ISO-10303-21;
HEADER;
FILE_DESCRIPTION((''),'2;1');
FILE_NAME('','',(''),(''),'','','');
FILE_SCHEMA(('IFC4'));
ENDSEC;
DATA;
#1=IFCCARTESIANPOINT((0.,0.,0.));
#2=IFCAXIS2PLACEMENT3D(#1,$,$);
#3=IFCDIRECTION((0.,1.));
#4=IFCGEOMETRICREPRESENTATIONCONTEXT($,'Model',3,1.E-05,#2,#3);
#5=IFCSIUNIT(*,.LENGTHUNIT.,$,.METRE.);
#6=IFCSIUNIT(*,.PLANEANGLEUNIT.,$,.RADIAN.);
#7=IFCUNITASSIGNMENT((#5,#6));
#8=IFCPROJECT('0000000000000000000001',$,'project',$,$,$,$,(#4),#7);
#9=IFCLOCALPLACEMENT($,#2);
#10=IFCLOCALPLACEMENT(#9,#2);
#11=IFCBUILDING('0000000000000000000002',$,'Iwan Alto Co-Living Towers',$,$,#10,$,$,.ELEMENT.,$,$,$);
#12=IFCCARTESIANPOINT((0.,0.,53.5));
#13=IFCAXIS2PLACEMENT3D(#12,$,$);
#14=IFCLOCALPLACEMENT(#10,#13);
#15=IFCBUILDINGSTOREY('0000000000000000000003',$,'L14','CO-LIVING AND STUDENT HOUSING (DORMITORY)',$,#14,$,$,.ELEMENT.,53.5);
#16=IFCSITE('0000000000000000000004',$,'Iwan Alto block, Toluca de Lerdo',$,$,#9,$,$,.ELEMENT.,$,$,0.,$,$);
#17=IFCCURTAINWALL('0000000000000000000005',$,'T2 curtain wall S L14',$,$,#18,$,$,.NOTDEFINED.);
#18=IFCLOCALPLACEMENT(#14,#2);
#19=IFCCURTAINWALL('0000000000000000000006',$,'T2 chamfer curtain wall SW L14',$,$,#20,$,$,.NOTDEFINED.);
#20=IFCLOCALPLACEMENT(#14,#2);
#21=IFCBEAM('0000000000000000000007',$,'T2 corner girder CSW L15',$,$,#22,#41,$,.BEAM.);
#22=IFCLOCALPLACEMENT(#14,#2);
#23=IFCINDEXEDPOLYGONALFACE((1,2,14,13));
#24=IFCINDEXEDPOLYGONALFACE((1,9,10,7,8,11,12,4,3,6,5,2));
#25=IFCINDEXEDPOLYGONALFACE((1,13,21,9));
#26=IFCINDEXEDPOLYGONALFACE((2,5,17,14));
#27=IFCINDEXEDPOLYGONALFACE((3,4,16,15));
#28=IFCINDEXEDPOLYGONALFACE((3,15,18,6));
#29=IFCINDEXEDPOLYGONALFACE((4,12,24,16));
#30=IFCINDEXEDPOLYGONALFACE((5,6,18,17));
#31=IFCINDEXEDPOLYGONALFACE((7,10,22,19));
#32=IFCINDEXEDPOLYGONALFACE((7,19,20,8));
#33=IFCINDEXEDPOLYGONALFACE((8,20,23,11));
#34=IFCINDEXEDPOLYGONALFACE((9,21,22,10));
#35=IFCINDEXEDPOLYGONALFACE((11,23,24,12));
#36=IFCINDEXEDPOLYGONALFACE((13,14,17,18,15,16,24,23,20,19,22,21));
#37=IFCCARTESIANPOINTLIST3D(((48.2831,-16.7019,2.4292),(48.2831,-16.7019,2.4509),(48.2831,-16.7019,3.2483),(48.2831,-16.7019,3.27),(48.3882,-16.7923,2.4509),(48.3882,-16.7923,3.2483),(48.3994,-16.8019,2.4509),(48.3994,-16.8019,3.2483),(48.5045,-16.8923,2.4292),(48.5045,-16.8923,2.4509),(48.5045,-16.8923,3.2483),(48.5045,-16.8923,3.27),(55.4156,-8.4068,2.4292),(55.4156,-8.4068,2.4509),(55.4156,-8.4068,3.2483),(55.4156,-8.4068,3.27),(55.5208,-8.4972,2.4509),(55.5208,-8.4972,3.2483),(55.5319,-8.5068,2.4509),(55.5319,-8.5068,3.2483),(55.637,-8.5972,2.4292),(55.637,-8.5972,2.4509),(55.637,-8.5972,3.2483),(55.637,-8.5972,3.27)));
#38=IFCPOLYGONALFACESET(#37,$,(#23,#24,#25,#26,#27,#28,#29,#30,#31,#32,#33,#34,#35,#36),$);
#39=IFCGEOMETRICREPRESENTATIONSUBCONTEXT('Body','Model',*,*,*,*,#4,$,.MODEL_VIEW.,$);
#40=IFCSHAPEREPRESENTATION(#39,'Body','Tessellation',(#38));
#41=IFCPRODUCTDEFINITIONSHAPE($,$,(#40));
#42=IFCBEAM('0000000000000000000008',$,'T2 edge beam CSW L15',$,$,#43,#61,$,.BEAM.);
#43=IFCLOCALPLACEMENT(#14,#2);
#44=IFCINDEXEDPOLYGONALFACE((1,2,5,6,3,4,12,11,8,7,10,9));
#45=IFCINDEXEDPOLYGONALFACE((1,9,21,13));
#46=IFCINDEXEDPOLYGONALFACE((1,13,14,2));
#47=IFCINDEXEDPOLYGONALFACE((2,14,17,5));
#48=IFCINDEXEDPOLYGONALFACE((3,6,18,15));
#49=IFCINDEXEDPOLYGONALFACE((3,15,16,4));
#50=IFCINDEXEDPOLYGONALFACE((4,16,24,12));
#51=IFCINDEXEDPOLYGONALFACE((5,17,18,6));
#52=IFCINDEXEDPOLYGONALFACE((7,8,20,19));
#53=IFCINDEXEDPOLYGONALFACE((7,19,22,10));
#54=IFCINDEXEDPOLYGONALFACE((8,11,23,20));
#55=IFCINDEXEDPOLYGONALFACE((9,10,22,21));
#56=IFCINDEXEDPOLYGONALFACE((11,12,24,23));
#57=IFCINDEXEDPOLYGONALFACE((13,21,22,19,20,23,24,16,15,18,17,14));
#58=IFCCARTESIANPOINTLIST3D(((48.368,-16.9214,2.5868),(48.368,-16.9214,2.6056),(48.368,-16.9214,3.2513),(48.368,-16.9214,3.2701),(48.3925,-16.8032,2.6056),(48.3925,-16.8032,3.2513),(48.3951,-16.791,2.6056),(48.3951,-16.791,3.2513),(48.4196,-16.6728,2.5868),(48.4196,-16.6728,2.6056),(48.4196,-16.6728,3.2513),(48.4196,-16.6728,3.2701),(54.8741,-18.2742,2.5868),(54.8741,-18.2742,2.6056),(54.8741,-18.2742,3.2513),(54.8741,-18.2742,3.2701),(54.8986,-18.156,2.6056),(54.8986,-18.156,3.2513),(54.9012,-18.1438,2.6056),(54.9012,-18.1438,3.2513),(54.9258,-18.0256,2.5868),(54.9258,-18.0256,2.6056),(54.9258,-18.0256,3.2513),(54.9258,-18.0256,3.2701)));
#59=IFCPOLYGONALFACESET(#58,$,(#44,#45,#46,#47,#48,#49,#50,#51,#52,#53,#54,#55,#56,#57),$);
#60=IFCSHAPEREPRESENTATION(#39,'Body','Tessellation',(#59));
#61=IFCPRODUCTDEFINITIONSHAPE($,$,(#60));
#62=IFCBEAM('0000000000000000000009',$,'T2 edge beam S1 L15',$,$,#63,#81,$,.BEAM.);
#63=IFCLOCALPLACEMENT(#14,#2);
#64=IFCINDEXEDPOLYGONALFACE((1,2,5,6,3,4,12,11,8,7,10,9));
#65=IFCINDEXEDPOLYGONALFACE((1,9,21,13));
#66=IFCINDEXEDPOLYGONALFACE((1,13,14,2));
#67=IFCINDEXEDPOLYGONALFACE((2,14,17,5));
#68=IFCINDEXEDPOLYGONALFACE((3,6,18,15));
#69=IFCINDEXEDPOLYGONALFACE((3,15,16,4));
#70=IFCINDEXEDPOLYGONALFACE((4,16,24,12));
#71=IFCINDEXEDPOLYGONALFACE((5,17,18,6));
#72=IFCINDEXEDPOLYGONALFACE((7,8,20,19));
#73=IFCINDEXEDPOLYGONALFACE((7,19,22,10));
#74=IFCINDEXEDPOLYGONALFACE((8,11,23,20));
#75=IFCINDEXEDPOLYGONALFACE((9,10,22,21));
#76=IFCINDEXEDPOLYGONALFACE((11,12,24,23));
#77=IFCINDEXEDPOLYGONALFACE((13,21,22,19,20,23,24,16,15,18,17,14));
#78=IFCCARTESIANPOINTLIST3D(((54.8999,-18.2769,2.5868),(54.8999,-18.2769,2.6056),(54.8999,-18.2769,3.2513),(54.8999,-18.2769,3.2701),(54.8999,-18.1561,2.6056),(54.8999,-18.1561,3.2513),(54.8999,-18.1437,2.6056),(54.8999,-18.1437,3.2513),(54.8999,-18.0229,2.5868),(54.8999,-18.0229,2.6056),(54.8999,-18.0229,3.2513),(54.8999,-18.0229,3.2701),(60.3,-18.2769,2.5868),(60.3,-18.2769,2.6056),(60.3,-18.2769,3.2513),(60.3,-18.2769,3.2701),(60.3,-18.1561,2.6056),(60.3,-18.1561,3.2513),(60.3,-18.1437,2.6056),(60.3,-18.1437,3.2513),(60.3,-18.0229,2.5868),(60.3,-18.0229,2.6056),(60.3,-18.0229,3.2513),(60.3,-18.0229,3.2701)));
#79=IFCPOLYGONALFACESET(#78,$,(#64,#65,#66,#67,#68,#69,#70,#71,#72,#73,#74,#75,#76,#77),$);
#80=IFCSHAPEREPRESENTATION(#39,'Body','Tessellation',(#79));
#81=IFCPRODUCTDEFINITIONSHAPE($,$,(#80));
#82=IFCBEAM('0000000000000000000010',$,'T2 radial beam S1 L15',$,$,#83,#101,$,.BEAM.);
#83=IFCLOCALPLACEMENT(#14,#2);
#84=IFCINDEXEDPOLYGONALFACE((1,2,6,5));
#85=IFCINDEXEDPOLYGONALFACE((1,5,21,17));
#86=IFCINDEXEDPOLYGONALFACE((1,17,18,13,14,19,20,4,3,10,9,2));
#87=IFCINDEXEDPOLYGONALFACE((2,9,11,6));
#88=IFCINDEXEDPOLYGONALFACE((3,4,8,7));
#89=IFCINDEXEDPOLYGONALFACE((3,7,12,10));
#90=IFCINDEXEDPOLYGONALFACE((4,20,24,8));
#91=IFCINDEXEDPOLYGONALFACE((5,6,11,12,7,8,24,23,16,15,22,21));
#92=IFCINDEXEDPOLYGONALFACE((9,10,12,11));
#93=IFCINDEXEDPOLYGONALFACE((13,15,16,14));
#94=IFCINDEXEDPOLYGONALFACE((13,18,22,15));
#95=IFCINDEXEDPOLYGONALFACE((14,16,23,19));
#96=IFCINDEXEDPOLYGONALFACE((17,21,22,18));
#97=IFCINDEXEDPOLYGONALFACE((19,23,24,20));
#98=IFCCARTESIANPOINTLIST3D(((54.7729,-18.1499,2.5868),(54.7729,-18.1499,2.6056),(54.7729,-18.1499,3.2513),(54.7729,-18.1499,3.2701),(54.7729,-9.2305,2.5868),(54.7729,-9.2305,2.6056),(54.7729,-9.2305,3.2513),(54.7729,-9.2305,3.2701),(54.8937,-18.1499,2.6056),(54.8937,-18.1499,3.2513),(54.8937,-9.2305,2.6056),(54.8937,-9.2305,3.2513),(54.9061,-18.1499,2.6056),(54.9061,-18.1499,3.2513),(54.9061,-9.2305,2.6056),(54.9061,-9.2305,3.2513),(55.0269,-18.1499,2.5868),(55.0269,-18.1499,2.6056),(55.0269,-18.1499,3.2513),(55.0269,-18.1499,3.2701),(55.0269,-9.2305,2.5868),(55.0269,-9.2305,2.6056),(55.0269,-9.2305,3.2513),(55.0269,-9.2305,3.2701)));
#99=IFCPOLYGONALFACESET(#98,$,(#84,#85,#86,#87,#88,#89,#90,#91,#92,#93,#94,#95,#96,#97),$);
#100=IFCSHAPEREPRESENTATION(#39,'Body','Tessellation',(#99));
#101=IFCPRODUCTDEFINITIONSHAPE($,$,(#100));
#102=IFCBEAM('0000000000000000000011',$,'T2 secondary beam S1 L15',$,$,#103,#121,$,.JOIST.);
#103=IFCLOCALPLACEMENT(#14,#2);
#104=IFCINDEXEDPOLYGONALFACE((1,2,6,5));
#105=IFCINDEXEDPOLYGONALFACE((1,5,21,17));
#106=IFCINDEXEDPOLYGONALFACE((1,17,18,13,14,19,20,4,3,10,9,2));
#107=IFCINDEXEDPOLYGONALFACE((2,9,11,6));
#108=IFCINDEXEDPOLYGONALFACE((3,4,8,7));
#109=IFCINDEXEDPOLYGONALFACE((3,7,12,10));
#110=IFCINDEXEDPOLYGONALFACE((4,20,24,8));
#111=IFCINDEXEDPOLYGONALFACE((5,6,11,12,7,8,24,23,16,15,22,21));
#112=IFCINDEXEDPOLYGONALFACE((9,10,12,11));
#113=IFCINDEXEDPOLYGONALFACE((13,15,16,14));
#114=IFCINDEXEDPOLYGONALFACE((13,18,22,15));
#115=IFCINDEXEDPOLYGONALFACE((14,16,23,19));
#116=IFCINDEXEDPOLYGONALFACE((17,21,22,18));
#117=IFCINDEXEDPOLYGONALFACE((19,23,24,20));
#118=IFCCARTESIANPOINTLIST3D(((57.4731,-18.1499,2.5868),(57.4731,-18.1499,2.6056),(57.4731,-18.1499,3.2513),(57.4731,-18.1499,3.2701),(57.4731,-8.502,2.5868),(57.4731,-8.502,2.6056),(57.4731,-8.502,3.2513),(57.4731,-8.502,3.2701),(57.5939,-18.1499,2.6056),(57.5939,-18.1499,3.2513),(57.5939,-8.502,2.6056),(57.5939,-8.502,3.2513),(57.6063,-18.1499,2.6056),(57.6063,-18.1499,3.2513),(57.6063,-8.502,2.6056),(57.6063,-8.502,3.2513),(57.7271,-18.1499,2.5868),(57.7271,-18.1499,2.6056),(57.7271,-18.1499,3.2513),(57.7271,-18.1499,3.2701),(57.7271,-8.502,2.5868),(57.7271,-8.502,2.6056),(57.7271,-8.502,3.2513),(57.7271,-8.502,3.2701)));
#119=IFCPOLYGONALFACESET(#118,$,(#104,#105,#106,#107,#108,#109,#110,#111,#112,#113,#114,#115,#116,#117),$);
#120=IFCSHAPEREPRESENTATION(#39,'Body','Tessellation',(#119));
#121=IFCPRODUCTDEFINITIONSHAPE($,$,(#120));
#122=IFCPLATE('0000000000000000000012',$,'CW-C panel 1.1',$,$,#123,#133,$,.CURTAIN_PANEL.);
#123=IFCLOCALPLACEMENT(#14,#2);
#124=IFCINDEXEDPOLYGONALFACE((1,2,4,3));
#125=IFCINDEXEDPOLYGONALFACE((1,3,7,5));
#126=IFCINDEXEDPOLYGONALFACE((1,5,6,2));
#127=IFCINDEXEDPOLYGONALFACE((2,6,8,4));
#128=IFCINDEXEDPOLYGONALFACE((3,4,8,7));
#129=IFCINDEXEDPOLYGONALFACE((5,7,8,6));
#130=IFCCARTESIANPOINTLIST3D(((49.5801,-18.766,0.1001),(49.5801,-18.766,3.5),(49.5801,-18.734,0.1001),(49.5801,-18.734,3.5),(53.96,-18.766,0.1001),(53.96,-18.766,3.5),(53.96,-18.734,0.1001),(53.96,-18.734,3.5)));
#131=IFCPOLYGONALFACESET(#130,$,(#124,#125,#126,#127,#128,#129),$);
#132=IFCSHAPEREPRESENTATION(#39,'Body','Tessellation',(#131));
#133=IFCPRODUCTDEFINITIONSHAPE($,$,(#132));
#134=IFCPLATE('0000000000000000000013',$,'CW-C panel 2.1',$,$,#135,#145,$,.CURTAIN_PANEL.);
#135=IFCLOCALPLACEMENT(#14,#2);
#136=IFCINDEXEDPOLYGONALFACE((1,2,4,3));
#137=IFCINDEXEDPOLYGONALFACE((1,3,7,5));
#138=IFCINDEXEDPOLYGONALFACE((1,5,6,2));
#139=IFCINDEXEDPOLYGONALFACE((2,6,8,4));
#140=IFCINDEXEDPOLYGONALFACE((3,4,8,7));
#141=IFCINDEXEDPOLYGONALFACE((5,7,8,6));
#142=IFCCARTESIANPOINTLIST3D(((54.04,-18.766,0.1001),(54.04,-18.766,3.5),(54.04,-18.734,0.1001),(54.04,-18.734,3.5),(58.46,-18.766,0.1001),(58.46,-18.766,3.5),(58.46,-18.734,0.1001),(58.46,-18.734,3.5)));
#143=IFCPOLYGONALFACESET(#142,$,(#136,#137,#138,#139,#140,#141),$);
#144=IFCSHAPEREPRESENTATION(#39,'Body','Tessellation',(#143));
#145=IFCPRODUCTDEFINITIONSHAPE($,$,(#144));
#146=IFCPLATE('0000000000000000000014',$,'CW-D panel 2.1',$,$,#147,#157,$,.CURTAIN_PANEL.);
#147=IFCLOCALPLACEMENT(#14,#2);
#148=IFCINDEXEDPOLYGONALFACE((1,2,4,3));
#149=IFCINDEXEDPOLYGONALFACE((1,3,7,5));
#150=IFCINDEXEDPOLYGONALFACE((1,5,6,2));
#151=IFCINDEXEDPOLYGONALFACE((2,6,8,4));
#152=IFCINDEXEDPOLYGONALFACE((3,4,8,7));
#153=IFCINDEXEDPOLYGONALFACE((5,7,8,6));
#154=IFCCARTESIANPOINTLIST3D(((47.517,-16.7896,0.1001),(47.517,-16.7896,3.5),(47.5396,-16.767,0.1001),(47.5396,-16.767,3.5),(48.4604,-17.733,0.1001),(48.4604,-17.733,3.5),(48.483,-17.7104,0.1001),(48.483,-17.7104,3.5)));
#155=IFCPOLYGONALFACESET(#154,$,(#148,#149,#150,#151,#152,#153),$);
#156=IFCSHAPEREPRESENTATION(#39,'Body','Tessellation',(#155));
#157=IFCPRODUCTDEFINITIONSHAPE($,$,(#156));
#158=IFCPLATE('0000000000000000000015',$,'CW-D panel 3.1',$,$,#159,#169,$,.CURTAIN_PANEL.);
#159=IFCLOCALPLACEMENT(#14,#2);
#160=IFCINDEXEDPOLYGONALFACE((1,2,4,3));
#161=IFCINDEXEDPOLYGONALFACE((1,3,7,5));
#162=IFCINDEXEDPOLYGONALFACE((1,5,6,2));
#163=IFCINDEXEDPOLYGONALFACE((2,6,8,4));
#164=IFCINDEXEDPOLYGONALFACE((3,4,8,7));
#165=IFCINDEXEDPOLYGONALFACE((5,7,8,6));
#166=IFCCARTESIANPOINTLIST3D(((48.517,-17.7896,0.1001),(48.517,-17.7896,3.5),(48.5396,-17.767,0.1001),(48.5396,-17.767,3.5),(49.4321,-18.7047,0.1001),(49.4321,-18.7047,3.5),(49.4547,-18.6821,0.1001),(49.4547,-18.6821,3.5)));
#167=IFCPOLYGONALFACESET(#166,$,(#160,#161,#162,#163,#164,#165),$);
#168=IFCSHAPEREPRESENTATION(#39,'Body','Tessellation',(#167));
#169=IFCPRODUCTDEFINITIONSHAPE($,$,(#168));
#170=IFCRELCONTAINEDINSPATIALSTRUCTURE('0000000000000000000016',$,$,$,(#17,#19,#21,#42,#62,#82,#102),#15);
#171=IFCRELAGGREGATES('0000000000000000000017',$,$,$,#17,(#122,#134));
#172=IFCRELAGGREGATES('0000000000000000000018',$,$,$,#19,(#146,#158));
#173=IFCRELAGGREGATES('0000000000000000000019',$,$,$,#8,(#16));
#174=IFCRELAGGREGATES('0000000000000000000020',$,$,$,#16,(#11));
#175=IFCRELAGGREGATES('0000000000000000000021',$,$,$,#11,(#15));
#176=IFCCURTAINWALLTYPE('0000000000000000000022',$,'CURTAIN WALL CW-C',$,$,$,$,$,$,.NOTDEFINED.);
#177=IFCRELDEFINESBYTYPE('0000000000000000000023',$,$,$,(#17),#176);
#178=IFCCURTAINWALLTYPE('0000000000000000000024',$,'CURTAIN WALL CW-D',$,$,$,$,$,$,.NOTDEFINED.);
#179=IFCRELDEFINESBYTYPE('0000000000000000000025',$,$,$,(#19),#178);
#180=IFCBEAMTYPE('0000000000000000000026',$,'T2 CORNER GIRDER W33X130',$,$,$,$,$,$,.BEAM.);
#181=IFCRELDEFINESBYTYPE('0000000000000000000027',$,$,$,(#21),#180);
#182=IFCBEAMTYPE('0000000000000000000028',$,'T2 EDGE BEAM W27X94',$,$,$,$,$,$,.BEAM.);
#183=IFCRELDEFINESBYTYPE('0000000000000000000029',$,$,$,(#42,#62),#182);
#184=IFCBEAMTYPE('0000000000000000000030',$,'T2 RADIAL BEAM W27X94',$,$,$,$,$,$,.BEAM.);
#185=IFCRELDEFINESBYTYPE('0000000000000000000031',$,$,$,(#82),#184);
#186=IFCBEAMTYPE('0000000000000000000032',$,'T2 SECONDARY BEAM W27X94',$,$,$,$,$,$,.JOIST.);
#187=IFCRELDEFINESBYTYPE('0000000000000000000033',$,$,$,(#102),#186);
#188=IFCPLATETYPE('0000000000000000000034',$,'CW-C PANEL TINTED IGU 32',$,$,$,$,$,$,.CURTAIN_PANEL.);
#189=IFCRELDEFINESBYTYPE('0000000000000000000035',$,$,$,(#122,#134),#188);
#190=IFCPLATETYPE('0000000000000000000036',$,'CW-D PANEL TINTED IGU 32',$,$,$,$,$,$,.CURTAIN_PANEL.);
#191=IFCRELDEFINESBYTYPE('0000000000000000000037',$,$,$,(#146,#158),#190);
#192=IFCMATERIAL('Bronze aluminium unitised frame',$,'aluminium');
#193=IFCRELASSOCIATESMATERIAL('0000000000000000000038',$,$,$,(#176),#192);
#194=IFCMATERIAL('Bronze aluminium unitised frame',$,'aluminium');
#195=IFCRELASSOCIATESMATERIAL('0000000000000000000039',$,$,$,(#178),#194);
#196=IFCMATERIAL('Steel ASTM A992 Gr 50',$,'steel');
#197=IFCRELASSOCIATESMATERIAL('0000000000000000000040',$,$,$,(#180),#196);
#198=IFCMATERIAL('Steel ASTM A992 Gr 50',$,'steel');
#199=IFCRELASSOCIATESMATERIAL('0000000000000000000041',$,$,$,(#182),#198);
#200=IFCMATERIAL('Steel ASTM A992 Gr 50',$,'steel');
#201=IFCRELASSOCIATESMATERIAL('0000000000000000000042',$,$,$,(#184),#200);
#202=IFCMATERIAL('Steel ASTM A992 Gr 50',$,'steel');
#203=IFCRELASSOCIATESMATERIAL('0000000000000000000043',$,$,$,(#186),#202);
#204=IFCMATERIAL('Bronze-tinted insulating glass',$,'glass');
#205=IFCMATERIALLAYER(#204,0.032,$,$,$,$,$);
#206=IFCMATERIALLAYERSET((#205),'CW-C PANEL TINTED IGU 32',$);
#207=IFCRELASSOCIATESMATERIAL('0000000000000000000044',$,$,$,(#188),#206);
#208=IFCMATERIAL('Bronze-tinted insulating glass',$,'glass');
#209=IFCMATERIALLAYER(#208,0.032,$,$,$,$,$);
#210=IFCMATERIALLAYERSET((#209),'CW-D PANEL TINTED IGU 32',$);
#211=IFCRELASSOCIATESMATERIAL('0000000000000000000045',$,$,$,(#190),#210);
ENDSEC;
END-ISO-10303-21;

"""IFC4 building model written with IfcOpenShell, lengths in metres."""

from ifc_helpers import new_model, si_unit, direction, frame, origin, origin_2d, place, context, subcontext, project, spatial, rectangle, i_section, extrude, material, layer, layer_set, material_profile, profile_set, type_object, element, aggregate, save


model = new_model("IFC4")

# Units and contexts
model_context = context("Model", 3, precision=1e-05, world=origin(), true_north=direction((0.0, 1.0)))
body_context = subcontext(model_context, "Body", "Model", "MODEL_VIEW")
ifc_project = project(units=[si_unit("LENGTHUNIT", "METRE"), si_unit("PLANEANGLEUNIT", "RADIAN")], contexts=[model_context])

# Site, building, storey
site_placement = place(None, origin())
site = spatial("IfcSite", under=ifc_project, at=site_placement, Name="Iwan Alto block, Toluca de Lerdo", CompositionType="ELEMENT", RefElevation=0.0)
building_placement = place(site_placement, origin())
building = spatial("IfcBuilding", under=site, at=building_placement, Name="Iwan Alto Co-Living Towers", CompositionType="ELEMENT")
storey_placement = place(building_placement, frame((0.0, 0.0, 53.5)))
storey = spatial("IfcBuildingStorey", under=building, at=storey_placement, Name="L14", Description="CO-LIVING AND STUDENT HOUSING (DORMITORY)", CompositionType="ELEMENT", Elevation=53.5)

# Curtain walls
ifc_material_1 = material(Name="Bronze aluminium unitised frame", Category="aluminium")
curtain_wall_type_1 = type_object("IfcCurtainWallType", Name="CURTAIN WALL CW-C", PredefinedType="NOTDEFINED", material=ifc_material_1)
curtain_wall_1_placement = place(storey_placement, origin())
curtain_wall_1 = element("IfcCurtainWall", 1, at=curtain_wall_1_placement, inside=storey, type_object=curtain_wall_type_1, Name="T2 curtain wall S L14", PredefinedType="NOTDEFINED")
ifc_material_2 = material(Name="Bronze aluminium unitised frame", Category="aluminium")
curtain_wall_type_2 = type_object("IfcCurtainWallType", Name="CURTAIN WALL CW-D", PredefinedType="NOTDEFINED", material=ifc_material_2)
curtain_wall_2_placement = place(storey_placement, origin())
curtain_wall_2 = element("IfcCurtainWall", 2, at=curtain_wall_2_placement, inside=storey, type_object=curtain_wall_type_2, Name="T2 chamfer curtain wall SW L14", PredefinedType="NOTDEFINED")

# Beams
ifc_material_3 = material(Name="Steel ASTM A992 Gr 50", Category="steel")
ifc_material_profile_1 = material_profile(ifc_material_3, i_section(OverallWidth=0.292, OverallDepth=0.8408, WebThickness=0.0146, FlangeThickness=0.0217, at=origin_2d()), Name="W33X130")
ifc_profile_set_1 = profile_set([ifc_material_profile_1], Name="Steel ASTM A992 Gr 50")
beam_type_1 = type_object("IfcBeamType", Name="T2 CORNER GIRDER W33X130", PredefinedType="BEAM", material=ifc_profile_set_1)
beam_1_placement = place(storey_placement, frame((48.3938, -16.7971, 2.8496), z_axis=(0.651972, 0.758243, 0.0), x_axis=(-0.758243, 0.651972, 0.0)))
element("IfcBeam", 3, at=beam_1_placement, inside=storey, type_object=beam_type_1, Name="T2 corner girder CSW L15", PredefinedType="BEAM", context=body_context, shape_type="SweptSolid", body=[
    extrude(i_section(OverallWidth=0.292, OverallDepth=0.8408, WebThickness=0.0146, FlangeThickness=0.0217, at=origin_2d()), origin(), (0.0, 0.0, 1.0), 10.9399),
])
ifc_material_4 = material(Name="Steel ASTM A992 Gr 50", Category="steel")
ifc_material_profile_2 = material_profile(ifc_material_4, i_section(OverallWidth=0.2539, OverallDepth=0.6833, WebThickness=0.0125, FlangeThickness=0.0188, at=origin_2d()), Name="W27X94")
ifc_profile_set_2 = profile_set([ifc_material_profile_2], Name="Steel ASTM A992 Gr 50")
beam_type_2 = type_object("IfcBeamType", Name="T2 EDGE BEAM W27X94", PredefinedType="BEAM", material=ifc_profile_set_2)
beam_2_placement = place(storey_placement, frame((48.3938, -16.7971, 2.9285), z_axis=(0.97906, -0.203571, 0.0), x_axis=(0.203571, 0.97906, 0.0)))
element("IfcBeam", 4, at=beam_2_placement, inside=storey, type_object=beam_type_2, Name="T2 edge beam CSW L15", PredefinedType="BEAM", context=body_context, shape_type="SweptSolid", body=[
    extrude(i_section(OverallWidth=0.2539, OverallDepth=0.6833, WebThickness=0.0125, FlangeThickness=0.0188, at=origin_2d()), origin(), (0.0, 0.0, 1.0), 6.6453),
])
beam_3_placement = place(storey_placement, frame((54.8999, -18.1499, 2.9285), z_axis=(1.0, 0.0, 0.0), x_axis=(0.0, 1.0, 0.0)))
element("IfcBeam", 5, at=beam_3_placement, inside=storey, type_object=beam_type_2, Name="T2 edge beam S1 L15", PredefinedType="BEAM", context=body_context, shape_type="SweptSolid", body=[
    extrude(i_section(OverallWidth=0.2539, OverallDepth=0.6833, WebThickness=0.0125, FlangeThickness=0.0188, at=origin_2d()), origin(), (0.0, 0.0, 1.0), 5.4001),
])
ifc_material_5 = material(Name="Steel ASTM A992 Gr 50", Category="steel")
ifc_material_profile_3 = material_profile(ifc_material_5, i_section(OverallWidth=0.2539, OverallDepth=0.6833, WebThickness=0.0125, FlangeThickness=0.0188, at=origin_2d()), Name="W27X94")
ifc_profile_set_3 = profile_set([ifc_material_profile_3], Name="Steel ASTM A992 Gr 50")
beam_type_3 = type_object("IfcBeamType", Name="T2 RADIAL BEAM W27X94", PredefinedType="BEAM", material=ifc_profile_set_3)
beam_4_placement = place(storey_placement, frame((54.8999, -18.1499, 2.9285), z_axis=(0.0, 1.0, 0.0), x_axis=(-1.0, 0.0, 0.0)))
element("IfcBeam", 6, at=beam_4_placement, inside=storey, type_object=beam_type_3, Name="T2 radial beam S1 L15", PredefinedType="BEAM", context=body_context, shape_type="SweptSolid", body=[
    extrude(i_section(OverallWidth=0.2539, OverallDepth=0.6833, WebThickness=0.0125, FlangeThickness=0.0188, at=origin_2d()), origin(), (0.0, 0.0, 1.0), 8.9194),
])
ifc_material_6 = material(Name="Steel ASTM A992 Gr 50", Category="steel")
ifc_material_profile_4 = material_profile(ifc_material_6, i_section(OverallWidth=0.2539, OverallDepth=0.6833, WebThickness=0.0125, FlangeThickness=0.0188, at=origin_2d()), Name="W27X94")
ifc_profile_set_4 = profile_set([ifc_material_profile_4], Name="Steel ASTM A992 Gr 50")
beam_type_4 = type_object("IfcBeamType", Name="T2 SECONDARY BEAM W27X94", PredefinedType="JOIST", material=ifc_profile_set_4)
beam_5_placement = place(storey_placement, frame((57.6001, -18.1499, 2.9285), z_axis=(0.0, 1.0, 0.0), x_axis=(-1.0, 0.0, 0.0)))
element("IfcBeam", 7, at=beam_5_placement, inside=storey, type_object=beam_type_4, Name="T2 secondary beam S1 L15", PredefinedType="JOIST", context=body_context, shape_type="SweptSolid", body=[
    extrude(i_section(OverallWidth=0.2539, OverallDepth=0.6833, WebThickness=0.0125, FlangeThickness=0.0188, at=origin_2d()), origin(), (0.0, 0.0, 1.0), 9.6479),
])

# Plates
ifc_material_7 = material(Name="Bronze-tinted insulating glass", Category="glass")
ifc_layer_1 = layer(ifc_material_7, 0.032)
ifc_layer_set_1 = layer_set([ifc_layer_1], Name="CW-C PANEL TINTED IGU 32")
plate_type_1 = type_object("IfcPlateType", Name="CW-C PANEL TINTED IGU 32", PredefinedType="CURTAIN_PANEL", material=ifc_layer_set_1)
plate_1_placement = place(storey_placement, frame((51.77, -18.75, 0.1001), z_axis=(0.0, 0.0, 1.0), x_axis=(1.0, 0.0, 0.0)))
plate_1 = element("IfcPlate", 8, at=plate_1_placement, type_object=plate_type_1, Name="CW-C panel 1.1", PredefinedType="CURTAIN_PANEL", context=body_context, shape_type="SweptSolid", body=[
    extrude(rectangle(XDim=4.3799, YDim=0.032, at=origin_2d()), origin(), (0.0, 0.0, 1.0), 3.3999),
])
plate_2_placement = place(storey_placement, frame((56.25, -18.75, 0.1001), z_axis=(0.0, 0.0, 1.0), x_axis=(1.0, 0.0, 0.0)))
plate_2 = element("IfcPlate", 9, at=plate_2_placement, type_object=plate_type_1, Name="CW-C panel 2.1", PredefinedType="CURTAIN_PANEL", context=body_context, shape_type="SweptSolid", body=[
    extrude(rectangle(XDim=4.4199, YDim=0.032, at=origin_2d()), origin(), (0.0, 0.0, 1.0), 3.3999),
])
aggregate(curtain_wall_1, [plate_1, plate_2])
ifc_material_8 = material(Name="Bronze-tinted insulating glass", Category="glass")
ifc_layer_2 = layer(ifc_material_8, 0.032)
ifc_layer_set_2 = layer_set([ifc_layer_2], Name="CW-D PANEL TINTED IGU 32")
plate_type_2 = type_object("IfcPlateType", Name="CW-D PANEL TINTED IGU 32", PredefinedType="CURTAIN_PANEL", material=ifc_layer_set_2)
plate_3_placement = place(storey_placement, frame((48.0, -17.25, 0.1001), z_axis=(0.0, 0.0, 1.0), x_axis=(0.707107, -0.707107, 0.0)))
plate_3 = element("IfcPlate", 10, at=plate_3_placement, type_object=plate_type_2, Name="CW-D panel 2.1", PredefinedType="CURTAIN_PANEL", context=body_context, shape_type="SweptSolid", body=[
    extrude(rectangle(XDim=1.3342, YDim=0.032, at=origin_2d()), origin(), (0.0, 0.0, 1.0), 3.3999),
])
plate_4_placement = place(storey_placement, frame((48.9858, -18.2358, 0.1001), z_axis=(0.0, 0.0, 1.0), x_axis=(0.707107, -0.707107, 0.0)))
plate_4 = element("IfcPlate", 11, at=plate_4_placement, type_object=plate_type_2, Name="CW-D panel 3.1", PredefinedType="CURTAIN_PANEL", context=body_context, shape_type="SweptSolid", body=[
    extrude(rectangle(XDim=1.2942, YDim=0.032, at=origin_2d()), origin(), (0.0, 0.0, 1.0), 3.3999),
])
aggregate(curtain_wall_2, [plate_3, plate_4])

save(model, "model.ifc")
